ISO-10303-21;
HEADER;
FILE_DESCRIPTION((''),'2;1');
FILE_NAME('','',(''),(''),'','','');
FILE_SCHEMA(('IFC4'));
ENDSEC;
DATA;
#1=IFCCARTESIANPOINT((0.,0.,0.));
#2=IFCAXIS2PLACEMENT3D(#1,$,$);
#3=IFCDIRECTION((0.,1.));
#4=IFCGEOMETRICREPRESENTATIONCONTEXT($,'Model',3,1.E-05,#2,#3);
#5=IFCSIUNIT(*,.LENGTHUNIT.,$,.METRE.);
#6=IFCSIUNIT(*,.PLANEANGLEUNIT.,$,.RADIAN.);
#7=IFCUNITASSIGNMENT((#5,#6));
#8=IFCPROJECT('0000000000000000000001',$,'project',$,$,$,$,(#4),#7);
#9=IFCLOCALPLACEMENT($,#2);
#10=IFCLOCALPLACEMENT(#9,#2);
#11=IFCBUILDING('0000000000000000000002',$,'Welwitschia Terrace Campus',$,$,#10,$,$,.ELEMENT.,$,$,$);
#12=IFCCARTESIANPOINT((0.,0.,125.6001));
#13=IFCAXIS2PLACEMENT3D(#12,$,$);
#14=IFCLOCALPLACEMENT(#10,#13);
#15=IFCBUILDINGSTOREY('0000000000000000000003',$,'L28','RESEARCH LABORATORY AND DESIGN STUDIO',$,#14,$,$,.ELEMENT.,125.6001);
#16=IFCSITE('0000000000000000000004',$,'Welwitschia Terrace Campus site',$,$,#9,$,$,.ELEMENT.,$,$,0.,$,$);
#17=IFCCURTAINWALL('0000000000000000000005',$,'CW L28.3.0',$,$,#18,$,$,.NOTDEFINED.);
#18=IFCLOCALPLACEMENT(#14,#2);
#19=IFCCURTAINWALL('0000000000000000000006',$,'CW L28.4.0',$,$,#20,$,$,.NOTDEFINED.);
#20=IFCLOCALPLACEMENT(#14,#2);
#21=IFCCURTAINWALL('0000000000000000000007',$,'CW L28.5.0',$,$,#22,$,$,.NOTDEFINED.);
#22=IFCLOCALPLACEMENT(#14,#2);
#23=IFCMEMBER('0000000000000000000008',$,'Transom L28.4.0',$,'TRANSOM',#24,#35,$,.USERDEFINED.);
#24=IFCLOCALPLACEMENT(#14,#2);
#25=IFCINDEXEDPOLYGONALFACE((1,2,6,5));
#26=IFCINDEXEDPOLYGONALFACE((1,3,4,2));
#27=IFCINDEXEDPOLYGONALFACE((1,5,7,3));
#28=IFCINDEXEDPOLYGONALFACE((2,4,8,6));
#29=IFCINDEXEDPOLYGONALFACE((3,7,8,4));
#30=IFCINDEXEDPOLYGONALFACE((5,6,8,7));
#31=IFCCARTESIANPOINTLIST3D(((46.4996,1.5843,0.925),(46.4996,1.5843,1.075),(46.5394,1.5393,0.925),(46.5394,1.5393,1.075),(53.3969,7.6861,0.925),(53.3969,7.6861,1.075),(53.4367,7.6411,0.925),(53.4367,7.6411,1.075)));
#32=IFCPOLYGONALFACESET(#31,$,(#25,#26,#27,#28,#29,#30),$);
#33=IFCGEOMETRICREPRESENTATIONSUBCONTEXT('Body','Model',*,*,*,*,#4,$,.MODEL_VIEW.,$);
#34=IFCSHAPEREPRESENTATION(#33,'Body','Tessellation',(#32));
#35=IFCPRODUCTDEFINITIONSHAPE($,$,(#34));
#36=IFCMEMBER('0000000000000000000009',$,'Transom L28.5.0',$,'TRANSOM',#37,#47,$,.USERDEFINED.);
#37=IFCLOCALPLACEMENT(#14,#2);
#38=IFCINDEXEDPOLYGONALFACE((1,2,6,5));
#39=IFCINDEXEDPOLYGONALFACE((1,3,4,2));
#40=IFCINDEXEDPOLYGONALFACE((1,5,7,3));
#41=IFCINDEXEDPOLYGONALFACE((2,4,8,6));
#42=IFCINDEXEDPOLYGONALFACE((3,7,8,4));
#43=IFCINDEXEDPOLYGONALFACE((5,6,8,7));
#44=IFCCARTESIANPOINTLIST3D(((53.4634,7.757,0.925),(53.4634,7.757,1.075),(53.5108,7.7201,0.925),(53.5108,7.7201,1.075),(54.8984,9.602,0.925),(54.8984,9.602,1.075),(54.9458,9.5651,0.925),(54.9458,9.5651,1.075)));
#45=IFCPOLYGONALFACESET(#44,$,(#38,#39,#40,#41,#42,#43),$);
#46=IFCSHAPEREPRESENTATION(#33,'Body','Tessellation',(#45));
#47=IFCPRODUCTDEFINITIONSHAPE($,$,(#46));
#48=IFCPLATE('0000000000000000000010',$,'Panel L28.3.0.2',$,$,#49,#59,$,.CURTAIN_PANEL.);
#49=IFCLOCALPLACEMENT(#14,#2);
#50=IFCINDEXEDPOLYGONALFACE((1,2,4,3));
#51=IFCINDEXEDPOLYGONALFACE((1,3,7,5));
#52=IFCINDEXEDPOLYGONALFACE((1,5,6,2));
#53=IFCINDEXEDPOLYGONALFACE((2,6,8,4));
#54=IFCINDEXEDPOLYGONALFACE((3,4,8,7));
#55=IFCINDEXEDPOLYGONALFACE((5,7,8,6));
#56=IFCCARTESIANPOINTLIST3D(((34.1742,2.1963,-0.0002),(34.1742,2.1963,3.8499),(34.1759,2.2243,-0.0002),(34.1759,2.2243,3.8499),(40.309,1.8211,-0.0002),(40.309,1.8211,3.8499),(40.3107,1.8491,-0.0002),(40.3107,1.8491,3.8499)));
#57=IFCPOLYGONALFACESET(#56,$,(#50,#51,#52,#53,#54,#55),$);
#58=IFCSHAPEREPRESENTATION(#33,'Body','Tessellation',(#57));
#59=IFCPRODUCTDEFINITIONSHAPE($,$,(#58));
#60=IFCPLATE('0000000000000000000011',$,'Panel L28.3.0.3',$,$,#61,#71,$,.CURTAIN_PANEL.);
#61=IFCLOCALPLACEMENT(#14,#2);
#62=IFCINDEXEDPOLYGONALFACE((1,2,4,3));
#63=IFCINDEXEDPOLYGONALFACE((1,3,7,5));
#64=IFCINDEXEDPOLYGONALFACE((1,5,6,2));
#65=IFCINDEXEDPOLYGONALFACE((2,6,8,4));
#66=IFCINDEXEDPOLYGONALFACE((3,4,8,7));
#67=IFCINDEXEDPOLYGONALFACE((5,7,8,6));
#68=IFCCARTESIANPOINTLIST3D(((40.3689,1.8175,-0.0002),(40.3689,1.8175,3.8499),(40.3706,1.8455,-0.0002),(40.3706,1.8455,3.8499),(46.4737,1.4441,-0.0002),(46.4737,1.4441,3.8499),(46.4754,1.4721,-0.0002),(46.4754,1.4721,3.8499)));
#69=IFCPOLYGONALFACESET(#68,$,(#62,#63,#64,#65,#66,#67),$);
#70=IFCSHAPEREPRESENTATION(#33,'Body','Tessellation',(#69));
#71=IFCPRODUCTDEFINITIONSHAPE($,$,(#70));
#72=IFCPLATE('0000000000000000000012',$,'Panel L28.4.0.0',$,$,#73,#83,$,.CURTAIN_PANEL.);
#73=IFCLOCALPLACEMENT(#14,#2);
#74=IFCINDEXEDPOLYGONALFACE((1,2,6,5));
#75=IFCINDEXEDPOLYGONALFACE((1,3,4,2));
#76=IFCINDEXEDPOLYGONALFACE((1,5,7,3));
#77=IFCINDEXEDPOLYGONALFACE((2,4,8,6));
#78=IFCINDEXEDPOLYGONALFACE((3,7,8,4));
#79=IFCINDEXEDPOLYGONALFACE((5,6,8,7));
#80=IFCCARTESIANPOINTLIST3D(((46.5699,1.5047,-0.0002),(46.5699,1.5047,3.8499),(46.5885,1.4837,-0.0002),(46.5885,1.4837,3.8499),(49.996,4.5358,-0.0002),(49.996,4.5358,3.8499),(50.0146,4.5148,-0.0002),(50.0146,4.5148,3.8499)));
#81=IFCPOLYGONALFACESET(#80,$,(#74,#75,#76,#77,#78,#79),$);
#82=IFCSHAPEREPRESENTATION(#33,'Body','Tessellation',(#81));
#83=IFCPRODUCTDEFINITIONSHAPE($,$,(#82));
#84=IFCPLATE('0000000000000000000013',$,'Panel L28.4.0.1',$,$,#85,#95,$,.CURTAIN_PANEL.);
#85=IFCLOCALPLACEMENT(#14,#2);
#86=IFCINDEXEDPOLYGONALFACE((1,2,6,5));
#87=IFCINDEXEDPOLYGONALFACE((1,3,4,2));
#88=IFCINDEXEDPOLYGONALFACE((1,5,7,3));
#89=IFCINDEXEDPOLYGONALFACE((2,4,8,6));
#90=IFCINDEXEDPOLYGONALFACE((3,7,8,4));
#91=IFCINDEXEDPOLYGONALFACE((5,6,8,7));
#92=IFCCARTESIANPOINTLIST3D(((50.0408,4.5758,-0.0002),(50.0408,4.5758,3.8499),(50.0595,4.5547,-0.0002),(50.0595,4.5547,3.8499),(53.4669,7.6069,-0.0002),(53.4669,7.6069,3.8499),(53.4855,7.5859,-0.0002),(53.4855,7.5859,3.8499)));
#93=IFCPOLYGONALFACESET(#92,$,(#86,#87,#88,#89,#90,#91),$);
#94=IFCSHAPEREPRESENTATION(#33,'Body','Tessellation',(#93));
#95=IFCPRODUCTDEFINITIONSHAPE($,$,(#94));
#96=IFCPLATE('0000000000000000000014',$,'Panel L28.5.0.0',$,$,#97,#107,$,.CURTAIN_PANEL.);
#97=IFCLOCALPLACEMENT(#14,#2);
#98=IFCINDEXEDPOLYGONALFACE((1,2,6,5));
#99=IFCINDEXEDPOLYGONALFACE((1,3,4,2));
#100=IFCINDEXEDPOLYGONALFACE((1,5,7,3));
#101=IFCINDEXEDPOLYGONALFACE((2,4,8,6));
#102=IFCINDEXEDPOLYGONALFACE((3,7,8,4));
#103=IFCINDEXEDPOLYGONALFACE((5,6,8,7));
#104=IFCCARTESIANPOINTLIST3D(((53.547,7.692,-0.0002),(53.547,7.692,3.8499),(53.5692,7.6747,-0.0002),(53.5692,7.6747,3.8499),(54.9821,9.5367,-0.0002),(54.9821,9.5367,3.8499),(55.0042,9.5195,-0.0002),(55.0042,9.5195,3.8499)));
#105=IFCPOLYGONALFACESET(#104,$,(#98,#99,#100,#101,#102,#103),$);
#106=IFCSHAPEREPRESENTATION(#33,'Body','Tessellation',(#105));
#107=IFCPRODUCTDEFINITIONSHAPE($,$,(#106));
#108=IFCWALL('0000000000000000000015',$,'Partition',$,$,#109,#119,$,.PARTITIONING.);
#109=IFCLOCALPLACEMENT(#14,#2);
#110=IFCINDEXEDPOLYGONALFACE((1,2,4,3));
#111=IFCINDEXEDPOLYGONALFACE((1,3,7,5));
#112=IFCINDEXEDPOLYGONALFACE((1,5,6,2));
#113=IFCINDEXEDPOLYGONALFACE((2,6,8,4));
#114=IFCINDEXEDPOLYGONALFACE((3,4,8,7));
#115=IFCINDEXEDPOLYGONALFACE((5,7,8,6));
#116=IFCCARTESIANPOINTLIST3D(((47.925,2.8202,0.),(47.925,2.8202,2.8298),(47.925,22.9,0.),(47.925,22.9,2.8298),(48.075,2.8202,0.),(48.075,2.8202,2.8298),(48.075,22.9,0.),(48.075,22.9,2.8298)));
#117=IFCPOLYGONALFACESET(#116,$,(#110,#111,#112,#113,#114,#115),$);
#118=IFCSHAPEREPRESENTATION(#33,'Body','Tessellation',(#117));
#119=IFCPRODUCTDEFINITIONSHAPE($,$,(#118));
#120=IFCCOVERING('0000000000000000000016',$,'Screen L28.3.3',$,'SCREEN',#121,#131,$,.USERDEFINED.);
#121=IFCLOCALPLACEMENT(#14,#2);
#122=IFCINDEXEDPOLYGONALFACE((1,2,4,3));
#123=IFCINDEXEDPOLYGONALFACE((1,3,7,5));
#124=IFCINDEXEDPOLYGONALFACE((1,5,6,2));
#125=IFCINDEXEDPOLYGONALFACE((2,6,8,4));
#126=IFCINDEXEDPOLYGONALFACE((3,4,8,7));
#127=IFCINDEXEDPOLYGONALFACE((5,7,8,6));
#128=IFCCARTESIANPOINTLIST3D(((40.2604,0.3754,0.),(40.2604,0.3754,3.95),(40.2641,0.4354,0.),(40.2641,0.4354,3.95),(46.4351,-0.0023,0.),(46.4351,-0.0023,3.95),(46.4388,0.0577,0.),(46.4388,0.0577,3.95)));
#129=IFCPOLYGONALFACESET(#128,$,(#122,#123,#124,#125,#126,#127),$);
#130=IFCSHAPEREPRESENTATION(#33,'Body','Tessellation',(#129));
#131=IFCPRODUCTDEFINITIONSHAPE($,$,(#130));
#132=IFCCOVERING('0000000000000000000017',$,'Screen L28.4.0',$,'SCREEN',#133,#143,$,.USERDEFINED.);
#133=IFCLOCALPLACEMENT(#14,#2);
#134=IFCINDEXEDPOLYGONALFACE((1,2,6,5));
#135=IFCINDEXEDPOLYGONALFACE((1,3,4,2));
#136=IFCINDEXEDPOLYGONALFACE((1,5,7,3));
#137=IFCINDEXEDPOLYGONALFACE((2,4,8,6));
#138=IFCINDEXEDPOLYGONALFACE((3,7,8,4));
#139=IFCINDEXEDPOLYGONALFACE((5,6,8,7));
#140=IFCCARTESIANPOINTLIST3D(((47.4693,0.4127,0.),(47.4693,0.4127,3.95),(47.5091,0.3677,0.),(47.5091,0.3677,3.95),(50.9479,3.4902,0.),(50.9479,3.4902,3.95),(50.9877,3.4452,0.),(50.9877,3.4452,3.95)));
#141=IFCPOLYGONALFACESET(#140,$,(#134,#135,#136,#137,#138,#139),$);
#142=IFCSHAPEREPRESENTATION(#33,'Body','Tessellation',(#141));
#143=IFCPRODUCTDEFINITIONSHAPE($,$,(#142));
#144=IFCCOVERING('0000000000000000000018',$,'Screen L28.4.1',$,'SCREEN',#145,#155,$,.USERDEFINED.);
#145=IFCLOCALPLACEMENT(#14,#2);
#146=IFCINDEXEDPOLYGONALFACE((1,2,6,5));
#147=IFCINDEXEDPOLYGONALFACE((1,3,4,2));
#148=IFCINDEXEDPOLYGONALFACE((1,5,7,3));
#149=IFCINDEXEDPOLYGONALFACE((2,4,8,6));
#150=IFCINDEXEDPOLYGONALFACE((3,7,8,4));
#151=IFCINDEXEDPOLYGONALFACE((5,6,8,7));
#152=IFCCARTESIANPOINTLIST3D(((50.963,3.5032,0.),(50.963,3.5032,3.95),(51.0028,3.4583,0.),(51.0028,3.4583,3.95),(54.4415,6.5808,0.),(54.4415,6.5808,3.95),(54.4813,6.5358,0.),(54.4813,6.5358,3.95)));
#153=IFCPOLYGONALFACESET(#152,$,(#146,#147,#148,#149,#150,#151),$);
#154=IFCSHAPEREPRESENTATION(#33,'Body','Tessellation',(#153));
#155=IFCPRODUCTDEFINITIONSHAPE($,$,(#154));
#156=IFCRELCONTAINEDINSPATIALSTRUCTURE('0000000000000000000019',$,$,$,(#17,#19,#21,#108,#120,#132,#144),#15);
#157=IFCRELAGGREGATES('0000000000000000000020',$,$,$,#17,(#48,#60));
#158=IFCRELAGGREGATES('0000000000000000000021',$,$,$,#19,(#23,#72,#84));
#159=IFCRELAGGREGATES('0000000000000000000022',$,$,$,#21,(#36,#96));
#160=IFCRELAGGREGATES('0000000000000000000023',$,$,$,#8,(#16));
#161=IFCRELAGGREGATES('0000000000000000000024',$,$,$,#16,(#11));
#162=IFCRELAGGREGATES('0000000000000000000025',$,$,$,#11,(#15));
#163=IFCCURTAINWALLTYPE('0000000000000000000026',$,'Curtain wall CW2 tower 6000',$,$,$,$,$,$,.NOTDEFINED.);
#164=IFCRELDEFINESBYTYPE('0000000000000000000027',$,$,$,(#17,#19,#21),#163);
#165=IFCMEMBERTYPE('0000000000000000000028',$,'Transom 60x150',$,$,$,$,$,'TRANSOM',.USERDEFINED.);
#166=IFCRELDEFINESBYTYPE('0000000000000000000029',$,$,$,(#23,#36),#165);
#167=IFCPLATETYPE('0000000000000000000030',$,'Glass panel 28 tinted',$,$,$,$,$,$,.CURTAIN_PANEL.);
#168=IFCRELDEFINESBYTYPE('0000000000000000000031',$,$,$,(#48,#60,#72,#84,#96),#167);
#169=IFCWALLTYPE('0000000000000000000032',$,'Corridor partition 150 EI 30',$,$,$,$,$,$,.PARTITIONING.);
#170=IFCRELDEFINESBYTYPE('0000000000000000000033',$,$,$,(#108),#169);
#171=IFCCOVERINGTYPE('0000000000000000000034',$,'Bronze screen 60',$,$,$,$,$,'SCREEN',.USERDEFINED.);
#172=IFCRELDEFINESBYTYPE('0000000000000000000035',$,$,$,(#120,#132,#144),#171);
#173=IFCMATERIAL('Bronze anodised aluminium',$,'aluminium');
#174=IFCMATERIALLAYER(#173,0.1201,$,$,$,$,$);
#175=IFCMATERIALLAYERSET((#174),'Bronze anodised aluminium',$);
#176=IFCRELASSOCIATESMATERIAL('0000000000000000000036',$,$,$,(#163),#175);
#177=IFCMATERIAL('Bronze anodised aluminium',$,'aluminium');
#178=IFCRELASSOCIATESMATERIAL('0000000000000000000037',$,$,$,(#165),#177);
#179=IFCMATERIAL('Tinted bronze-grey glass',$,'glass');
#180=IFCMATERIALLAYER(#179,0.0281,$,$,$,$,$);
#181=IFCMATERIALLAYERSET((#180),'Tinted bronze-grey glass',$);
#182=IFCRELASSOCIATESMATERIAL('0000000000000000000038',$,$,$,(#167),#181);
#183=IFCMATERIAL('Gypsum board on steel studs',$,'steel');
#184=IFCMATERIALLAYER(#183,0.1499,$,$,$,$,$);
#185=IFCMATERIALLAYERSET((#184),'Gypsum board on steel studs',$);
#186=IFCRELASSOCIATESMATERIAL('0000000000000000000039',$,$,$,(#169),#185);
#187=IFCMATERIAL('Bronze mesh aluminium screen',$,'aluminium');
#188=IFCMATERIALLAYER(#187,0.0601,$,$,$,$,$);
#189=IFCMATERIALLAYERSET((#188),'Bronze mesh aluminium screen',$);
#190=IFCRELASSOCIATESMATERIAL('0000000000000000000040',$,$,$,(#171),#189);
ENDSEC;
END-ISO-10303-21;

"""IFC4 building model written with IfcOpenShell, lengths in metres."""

from ifc_helpers import new_model, si_unit, direction, frame, frame_2d, origin, origin_2d, place, context, subcontext, project, spatial, rectangle, extrude, material, layer, layer_set, material_profile, profile_set, type_object, element, aggregate, save


model = new_model("IFC4")

# Units and contexts
model_context = context("Model", 3, precision=1e-05, world=origin(), true_north=direction((0.0, 1.0)))
body_context = subcontext(model_context, "Body", "Model", "MODEL_VIEW")
ifc_project = project(units=[si_unit("LENGTHUNIT", "METRE"), si_unit("PLANEANGLEUNIT", "RADIAN")], contexts=[model_context])

# Site, building, storey
site_placement = place(None, origin())
site = spatial("IfcSite", under=ifc_project, at=site_placement, Name="Welwitschia Terrace Campus site", CompositionType="ELEMENT", RefElevation=0.0)
building_placement = place(site_placement, origin())
building = spatial("IfcBuilding", under=site, at=building_placement, Name="Welwitschia Terrace Campus", CompositionType="ELEMENT")
storey_placement = place(building_placement, frame((0.0, 0.0, 125.6001)))
storey = spatial("IfcBuildingStorey", under=building, at=storey_placement, Name="L28", Description="RESEARCH LABORATORY AND DESIGN STUDIO", CompositionType="ELEMENT", Elevation=125.6001)

# Curtain walls
ifc_material_1 = material(Name="Bronze anodised aluminium", Category="aluminium")
ifc_layer_1 = layer(ifc_material_1, 0.1201)
ifc_layer_set_1 = layer_set([ifc_layer_1], Name="Bronze anodised aluminium")
curtain_wall_type = type_object("IfcCurtainWallType", Name="Curtain wall CW2 tower 6000", PredefinedType="NOTDEFINED", material=ifc_layer_set_1)
curtain_wall_1_placement = place(storey_placement, origin())
curtain_wall_1 = element("IfcCurtainWall", 1, at=curtain_wall_1_placement, inside=storey, type_object=curtain_wall_type, Name="CW L28.3.0", PredefinedType="NOTDEFINED")
curtain_wall_2_placement = place(storey_placement, origin())
curtain_wall_2 = element("IfcCurtainWall", 2, at=curtain_wall_2_placement, inside=storey, type_object=curtain_wall_type, Name="CW L28.4.0", PredefinedType="NOTDEFINED")
curtain_wall_3_placement = place(storey_placement, origin())
curtain_wall_3 = element("IfcCurtainWall", 3, at=curtain_wall_3_placement, inside=storey, type_object=curtain_wall_type, Name="CW L28.5.0", PredefinedType="NOTDEFINED")

# Members
ifc_material_2 = material(Name="Bronze anodised aluminium", Category="aluminium")
ifc_material_profile_1 = material_profile(ifc_material_2, rectangle(XDim=0.0601, YDim=0.1499, at=origin_2d()))
ifc_profile_set_1 = profile_set([ifc_material_profile_1], Name="Bronze anodised aluminium")
member_type_1 = type_object("IfcMemberType", Name="Transom 60x150", ElementType="TRANSOM", PredefinedType="USERDEFINED", material=ifc_profile_set_1)
member_1_placement = place(storey_placement, frame((46.5195, 1.5618, 1.0), z_axis=(0.748974, 0.6626, 0.0), x_axis=(-0.6626, 0.748974, 0.0)))
member_1 = element("IfcMember", 4, at=member_1_placement, type_object=member_type_1, Name="Transom L28.4.0", ObjectType="TRANSOM", PredefinedType="USERDEFINED", context=body_context, shape_type="SweptSolid", body=[
    extrude(rectangle(XDim=0.0601, YDim=0.1499, at=origin_2d()), origin(), (0.0, 0.0, 1.0), 9.209),
])
member_2_placement = place(storey_placement, frame((53.4871, 7.7385, 1.0), z_axis=(0.613962, 0.789335, 0.0), x_axis=(-0.789335, 0.613962, 0.0)))
member_2 = element("IfcMember", 5, at=member_2_placement, type_object=member_type_1, Name="Transom L28.5.0", ObjectType="TRANSOM", PredefinedType="USERDEFINED", context=body_context, shape_type="SweptSolid", body=[
    extrude(rectangle(XDim=0.0601, YDim=0.1499, at=origin_2d()), origin(), (0.0, 0.0, 1.0), 2.3374),
])

# Plates
ifc_material_3 = material(Name="Tinted bronze-grey glass", Category="glass")
ifc_layer_2 = layer(ifc_material_3, 0.0281)
ifc_layer_set_2 = layer_set([ifc_layer_2], Name="Tinted bronze-grey glass")
plate_type = type_object("IfcPlateType", Name="Glass panel 28 tinted", PredefinedType="CURTAIN_PANEL", material=ifc_layer_set_2)
plate_1_placement = place(storey_placement, frame((37.2424, 2.0227, -0.0002), z_axis=(0.0, 0.0, 1.0), x_axis=(0.998135, -0.061049, 0.0)))
plate_1 = element("IfcPlate", 6, at=plate_1_placement, type_object=plate_type, Name="Panel L28.3.0.2", PredefinedType="CURTAIN_PANEL", context=body_context, shape_type="SweptSolid", body=[
    extrude(rectangle(XDim=6.1462, YDim=0.0281, at=origin_2d()), origin(), (0.0, 0.0, 1.0), 3.8501),
])
plate_2_placement = place(storey_placement, frame((43.4221, 1.6448, -0.0002), z_axis=(0.0, 0.0, 1.0), x_axis=(0.998135, -0.061049, 0.0)))
plate_2 = element("IfcPlate", 7, at=plate_2_placement, type_object=plate_type, Name="Panel L28.3.0.3", PredefinedType="CURTAIN_PANEL", context=body_context, shape_type="SweptSolid", body=[
    extrude(rectangle(XDim=6.1162, YDim=0.0281, at=origin_2d()), origin(), (0.0, 0.0, 1.0), 3.8501),
])
aggregate(curtain_wall_1, [plate_1, plate_2])
plate_3_placement = place(storey_placement, frame((48.2922, 3.0098, -0.0002), z_axis=(0.0, 0.0, 1.0), x_axis=(0.748956, 0.66262, 0.0)))
plate_3 = element("IfcPlate", 8, at=plate_3_placement, type_object=plate_type, Name="Panel L28.4.0.0", PredefinedType="CURTAIN_PANEL", context=body_context, shape_type="SweptSolid", body=[
    extrude(rectangle(XDim=4.5745, YDim=0.0281, at=origin_2d()), origin(), (0.0, 0.0, 1.0), 3.8501),
])
plate_4_placement = place(storey_placement, frame((51.7632, 6.0808, -0.0002), z_axis=(0.0, 0.0, 1.0), x_axis=(0.748956, 0.66262, 0.0)))
plate_4 = element("IfcPlate", 9, at=plate_4_placement, type_object=plate_type, Name="Panel L28.4.0.1", PredefinedType="CURTAIN_PANEL", context=body_context, shape_type="SweptSolid", body=[
    extrude(rectangle(XDim=4.5745, YDim=0.0281, at=origin_2d()), origin(), (0.0, 0.0, 1.0), 3.8501),
])
aggregate(curtain_wall_2, [member_1, plate_3, plate_4])
plate_5_placement = place(storey_placement, frame((54.2756, 8.6057, -0.0002), z_axis=(0.0, 0.0, 1.0), x_axis=(0.614002, 0.789304, 0.0)))
plate_5 = element("IfcPlate", 10, at=plate_5_placement, type_object=plate_type, Name="Panel L28.5.0.0", PredefinedType="CURTAIN_PANEL", context=body_context, shape_type="SweptSolid", body=[
    extrude(rectangle(XDim=2.3372, YDim=0.0281, at=origin_2d()), origin(), (0.0, 0.0, 1.0), 3.8501),
])
aggregate(curtain_wall_3, [member_2, plate_5])

# Wall
ifc_material_4 = material(Name="Gypsum board on steel studs", Category="steel")
ifc_layer_3 = layer(ifc_material_4, 0.1499)
ifc_layer_set_3 = layer_set([ifc_layer_3], Name="Gypsum board on steel studs")
wall_type = type_object("IfcWallType", Name="Corridor partition 150 EI 30", PredefinedType="PARTITIONING", material=ifc_layer_set_3)
wall_placement = place(storey_placement, frame((48.0, 2.8201, 0.0), z_axis=(0.0, 0.0, 1.0), x_axis=(0.0, 1.0, 0.0)))
element("IfcWall", 11, at=wall_placement, inside=storey, type_object=wall_type, Name="Partition", PredefinedType="PARTITIONING", context=body_context, shape_type="SweptSolid", body=[
    extrude(rectangle(XDim=20.0798, YDim=0.1499, at=frame_2d((10.04, 0.0))), origin(), (0.0, 0.0, 1.0), 2.8298),
])

# Coverings
ifc_material_5 = material(Name="Bronze mesh aluminium screen", Category="aluminium")
ifc_layer_4 = layer(ifc_material_5, 0.0601)
ifc_layer_set_4 = layer_set([ifc_layer_4], Name="Bronze mesh aluminium screen")
covering_type = type_object("IfcCoveringType", Name="Bronze screen 60", ElementType="SCREEN", PredefinedType="USERDEFINED", material=ifc_layer_set_4)
covering_placement = place(storey_placement, frame((43.3496, 0.2166, 0.0), z_axis=(0.0, 0.0, 1.0), x_axis=(0.998135, -0.061049, 0.0)))
element("IfcCovering", 12, at=covering_placement, inside=storey, type_object=covering_type, Name="Screen L28.3.3", ObjectType="SCREEN", PredefinedType="USERDEFINED", context=body_context, shape_type="SweptSolid", body=[
    extrude(rectangle(XDim=6.1863, YDim=0.0601, at=origin_2d()), origin(), (0.0, 0.0, 1.0), 3.95),
])
for number, where, z_axis, x_axis, name in (
    (13, (49.2285, 1.929, 0.0), (0.0, 0.0, 1.0), (0.748956, 0.66262, 0.0), "Screen L28.4.0"),
    (14, (52.7222, 5.0195, 0.0), (0.0, 0.0, 1.0), (0.748956, 0.66262, 0.0), "Screen L28.4.1"),
):
    element("IfcCovering", number, at=place(storey_placement, frame(where, z_axis=z_axis, x_axis=x_axis)), inside=storey, type_object=covering_type, Name=name, ObjectType="SCREEN", PredefinedType="USERDEFINED", context=body_context, shape_type="SweptSolid", body=[
        extrude(rectangle(XDim=4.6445, YDim=0.0601, at=origin_2d()), origin(), (0.0, 0.0, 1.0), 3.95),
    ])

save(model, "model.ifc")
